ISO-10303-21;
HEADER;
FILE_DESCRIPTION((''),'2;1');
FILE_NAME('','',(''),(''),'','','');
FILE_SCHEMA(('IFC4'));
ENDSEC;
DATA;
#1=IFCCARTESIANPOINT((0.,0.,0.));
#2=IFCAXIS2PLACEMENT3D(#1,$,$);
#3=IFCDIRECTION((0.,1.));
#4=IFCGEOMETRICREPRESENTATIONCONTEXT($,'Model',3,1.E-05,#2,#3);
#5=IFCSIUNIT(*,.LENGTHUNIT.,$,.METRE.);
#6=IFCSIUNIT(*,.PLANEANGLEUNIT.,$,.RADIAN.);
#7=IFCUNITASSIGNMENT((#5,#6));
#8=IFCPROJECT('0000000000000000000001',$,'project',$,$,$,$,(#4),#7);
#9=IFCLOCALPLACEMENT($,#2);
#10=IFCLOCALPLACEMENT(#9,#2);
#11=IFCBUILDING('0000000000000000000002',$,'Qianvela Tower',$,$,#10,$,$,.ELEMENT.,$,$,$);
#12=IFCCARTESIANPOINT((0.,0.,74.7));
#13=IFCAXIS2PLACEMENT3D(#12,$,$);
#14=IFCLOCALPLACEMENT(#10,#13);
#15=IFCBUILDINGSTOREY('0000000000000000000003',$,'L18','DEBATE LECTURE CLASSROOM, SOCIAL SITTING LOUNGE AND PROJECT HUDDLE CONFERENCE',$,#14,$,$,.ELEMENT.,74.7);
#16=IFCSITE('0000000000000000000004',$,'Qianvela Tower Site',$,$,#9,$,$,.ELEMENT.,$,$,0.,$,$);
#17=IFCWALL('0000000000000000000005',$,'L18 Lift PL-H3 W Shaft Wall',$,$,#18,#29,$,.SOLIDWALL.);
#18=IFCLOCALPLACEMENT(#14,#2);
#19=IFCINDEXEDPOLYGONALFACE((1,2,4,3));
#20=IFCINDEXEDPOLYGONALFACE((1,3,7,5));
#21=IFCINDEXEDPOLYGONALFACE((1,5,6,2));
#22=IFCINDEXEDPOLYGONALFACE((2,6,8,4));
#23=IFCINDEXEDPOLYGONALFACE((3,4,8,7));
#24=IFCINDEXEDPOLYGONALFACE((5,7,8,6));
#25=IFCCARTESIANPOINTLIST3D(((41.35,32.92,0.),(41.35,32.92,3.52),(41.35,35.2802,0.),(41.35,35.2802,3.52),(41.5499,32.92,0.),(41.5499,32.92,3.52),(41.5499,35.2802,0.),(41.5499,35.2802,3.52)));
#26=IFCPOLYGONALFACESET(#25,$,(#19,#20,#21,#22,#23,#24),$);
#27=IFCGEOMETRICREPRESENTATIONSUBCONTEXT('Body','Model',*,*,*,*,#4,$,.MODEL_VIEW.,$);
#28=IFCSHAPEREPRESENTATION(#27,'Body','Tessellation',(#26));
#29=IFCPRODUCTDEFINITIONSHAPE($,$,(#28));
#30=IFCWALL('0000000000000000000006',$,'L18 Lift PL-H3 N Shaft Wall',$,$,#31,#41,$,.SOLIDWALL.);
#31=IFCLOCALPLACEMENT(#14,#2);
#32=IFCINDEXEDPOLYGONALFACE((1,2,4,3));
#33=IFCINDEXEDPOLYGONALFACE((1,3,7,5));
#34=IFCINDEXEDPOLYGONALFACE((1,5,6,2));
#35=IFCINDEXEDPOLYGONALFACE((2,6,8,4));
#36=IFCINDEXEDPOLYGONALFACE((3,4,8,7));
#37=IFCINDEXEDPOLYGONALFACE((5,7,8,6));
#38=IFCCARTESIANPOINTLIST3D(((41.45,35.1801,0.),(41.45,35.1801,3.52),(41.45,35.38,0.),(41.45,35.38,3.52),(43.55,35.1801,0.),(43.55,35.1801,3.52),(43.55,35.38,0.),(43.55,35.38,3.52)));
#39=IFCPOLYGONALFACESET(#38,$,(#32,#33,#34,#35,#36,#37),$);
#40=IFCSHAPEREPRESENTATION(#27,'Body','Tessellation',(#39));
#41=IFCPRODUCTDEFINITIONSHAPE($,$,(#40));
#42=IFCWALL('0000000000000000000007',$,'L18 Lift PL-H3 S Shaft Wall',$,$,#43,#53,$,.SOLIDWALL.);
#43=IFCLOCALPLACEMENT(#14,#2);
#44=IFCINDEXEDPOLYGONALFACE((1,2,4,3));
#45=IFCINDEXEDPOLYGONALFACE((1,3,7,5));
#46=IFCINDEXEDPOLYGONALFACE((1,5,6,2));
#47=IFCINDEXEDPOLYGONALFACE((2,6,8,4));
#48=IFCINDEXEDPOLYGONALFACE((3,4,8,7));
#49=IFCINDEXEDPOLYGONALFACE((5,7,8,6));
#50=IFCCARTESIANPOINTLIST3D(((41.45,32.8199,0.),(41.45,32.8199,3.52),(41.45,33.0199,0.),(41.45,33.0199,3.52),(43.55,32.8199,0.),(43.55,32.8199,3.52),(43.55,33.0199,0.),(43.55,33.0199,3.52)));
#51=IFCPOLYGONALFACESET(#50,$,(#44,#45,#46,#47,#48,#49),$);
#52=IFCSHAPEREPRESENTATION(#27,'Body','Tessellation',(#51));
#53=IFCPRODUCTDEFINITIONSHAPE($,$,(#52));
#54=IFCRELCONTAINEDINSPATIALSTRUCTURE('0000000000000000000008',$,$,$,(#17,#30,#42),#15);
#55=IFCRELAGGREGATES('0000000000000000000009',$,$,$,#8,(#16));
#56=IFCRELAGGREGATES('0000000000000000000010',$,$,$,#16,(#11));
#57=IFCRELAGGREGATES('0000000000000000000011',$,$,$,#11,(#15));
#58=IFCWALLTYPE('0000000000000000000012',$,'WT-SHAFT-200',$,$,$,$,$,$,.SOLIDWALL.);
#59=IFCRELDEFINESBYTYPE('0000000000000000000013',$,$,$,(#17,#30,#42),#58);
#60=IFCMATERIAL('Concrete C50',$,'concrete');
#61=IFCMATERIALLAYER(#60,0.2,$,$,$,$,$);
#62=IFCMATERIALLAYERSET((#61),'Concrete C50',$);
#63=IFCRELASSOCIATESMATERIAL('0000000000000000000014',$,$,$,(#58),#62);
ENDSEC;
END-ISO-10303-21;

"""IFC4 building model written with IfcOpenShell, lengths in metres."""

from ifc_helpers import new_model, si_unit, direction, frame, frame_2d, origin, place, context, subcontext, project, spatial, rectangle, extrude, material, layer, layer_set, type_object, element, save


model = new_model("IFC4")

# Units and contexts
model_context = context("Model", 3, precision=1e-05, world=origin(), true_north=direction((0.0, 1.0)))
body_context = subcontext(model_context, "Body", "Model", "MODEL_VIEW")
ifc_project = project(units=[si_unit("LENGTHUNIT", "METRE"), si_unit("PLANEANGLEUNIT", "RADIAN")], contexts=[model_context])

# Site, building, storey
site_placement = place(None, origin())
site = spatial("IfcSite", under=ifc_project, at=site_placement, Name="Qianvela Tower Site", CompositionType="ELEMENT", RefElevation=0.0)
building_placement = place(site_placement, origin())
building = spatial("IfcBuilding", under=site, at=building_placement, Name="Qianvela Tower", CompositionType="ELEMENT")
storey_placement = place(building_placement, frame((0.0, 0.0, 74.7)))
storey = spatial("IfcBuildingStorey", under=building, at=storey_placement, Name="L18", Description="DEBATE LECTURE CLASSROOM, SOCIAL SITTING LOUNGE AND PROJECT HUDDLE CONFERENCE", CompositionType="ELEMENT", Elevation=74.7)

# Walls
ifc_material_1 = material(Name="Concrete C50", Category="concrete")
ifc_layer_1 = layer(ifc_material_1, 0.2)
ifc_layer_set_1 = layer_set([ifc_layer_1], Name="Concrete C50")
wall_type_1 = type_object("IfcWallType", Name="WT-SHAFT-200", PredefinedType="SOLIDWALL", material=ifc_layer_set_1)
for number, where, z_axis, x_axis, name in (
    (1, (41.45, 32.9199, 0.0), (0.0, 0.0, 1.0), (0.0, 1.0, 0.0), "L18 Lift PL-H3 W Shaft Wall"),
):
    element("IfcWall", number, at=place(storey_placement, frame(where, z_axis=z_axis, x_axis=x_axis)), inside=storey, type_object=wall_type_1, Name=name, PredefinedType="SOLIDWALL", context=body_context, shape_type="SweptSolid", body=[
        extrude(rectangle(XDim=2.3601, YDim=0.2, at=frame_2d((1.1802, 0.0))), origin(), (0.0, 0.0, 1.0), 3.52),
    ])
for number, where, z_axis, x_axis, name in (
    (2, (41.45, 35.28, 0.0), (0.0, 0.0, 1.0), (1.0, 0.0, 0.0), "L18 Lift PL-H3 N Shaft Wall"),
    (3, (41.45, 32.9199, 0.0), (0.0, 0.0, 1.0), (1.0, 0.0, 0.0), "L18 Lift PL-H3 S Shaft Wall"),
):
    element("IfcWall", number, at=place(storey_placement, frame(where, z_axis=z_axis, x_axis=x_axis)), inside=storey, type_object=wall_type_1, Name=name, PredefinedType="SOLIDWALL", context=body_context, shape_type="SweptSolid", body=[
        extrude(rectangle(XDim=2.1001, YDim=0.2, at=frame_2d((1.05, 0.0))), origin(), (0.0, 0.0, 1.0), 3.52),
    ])

save(model, "model.ifc")
